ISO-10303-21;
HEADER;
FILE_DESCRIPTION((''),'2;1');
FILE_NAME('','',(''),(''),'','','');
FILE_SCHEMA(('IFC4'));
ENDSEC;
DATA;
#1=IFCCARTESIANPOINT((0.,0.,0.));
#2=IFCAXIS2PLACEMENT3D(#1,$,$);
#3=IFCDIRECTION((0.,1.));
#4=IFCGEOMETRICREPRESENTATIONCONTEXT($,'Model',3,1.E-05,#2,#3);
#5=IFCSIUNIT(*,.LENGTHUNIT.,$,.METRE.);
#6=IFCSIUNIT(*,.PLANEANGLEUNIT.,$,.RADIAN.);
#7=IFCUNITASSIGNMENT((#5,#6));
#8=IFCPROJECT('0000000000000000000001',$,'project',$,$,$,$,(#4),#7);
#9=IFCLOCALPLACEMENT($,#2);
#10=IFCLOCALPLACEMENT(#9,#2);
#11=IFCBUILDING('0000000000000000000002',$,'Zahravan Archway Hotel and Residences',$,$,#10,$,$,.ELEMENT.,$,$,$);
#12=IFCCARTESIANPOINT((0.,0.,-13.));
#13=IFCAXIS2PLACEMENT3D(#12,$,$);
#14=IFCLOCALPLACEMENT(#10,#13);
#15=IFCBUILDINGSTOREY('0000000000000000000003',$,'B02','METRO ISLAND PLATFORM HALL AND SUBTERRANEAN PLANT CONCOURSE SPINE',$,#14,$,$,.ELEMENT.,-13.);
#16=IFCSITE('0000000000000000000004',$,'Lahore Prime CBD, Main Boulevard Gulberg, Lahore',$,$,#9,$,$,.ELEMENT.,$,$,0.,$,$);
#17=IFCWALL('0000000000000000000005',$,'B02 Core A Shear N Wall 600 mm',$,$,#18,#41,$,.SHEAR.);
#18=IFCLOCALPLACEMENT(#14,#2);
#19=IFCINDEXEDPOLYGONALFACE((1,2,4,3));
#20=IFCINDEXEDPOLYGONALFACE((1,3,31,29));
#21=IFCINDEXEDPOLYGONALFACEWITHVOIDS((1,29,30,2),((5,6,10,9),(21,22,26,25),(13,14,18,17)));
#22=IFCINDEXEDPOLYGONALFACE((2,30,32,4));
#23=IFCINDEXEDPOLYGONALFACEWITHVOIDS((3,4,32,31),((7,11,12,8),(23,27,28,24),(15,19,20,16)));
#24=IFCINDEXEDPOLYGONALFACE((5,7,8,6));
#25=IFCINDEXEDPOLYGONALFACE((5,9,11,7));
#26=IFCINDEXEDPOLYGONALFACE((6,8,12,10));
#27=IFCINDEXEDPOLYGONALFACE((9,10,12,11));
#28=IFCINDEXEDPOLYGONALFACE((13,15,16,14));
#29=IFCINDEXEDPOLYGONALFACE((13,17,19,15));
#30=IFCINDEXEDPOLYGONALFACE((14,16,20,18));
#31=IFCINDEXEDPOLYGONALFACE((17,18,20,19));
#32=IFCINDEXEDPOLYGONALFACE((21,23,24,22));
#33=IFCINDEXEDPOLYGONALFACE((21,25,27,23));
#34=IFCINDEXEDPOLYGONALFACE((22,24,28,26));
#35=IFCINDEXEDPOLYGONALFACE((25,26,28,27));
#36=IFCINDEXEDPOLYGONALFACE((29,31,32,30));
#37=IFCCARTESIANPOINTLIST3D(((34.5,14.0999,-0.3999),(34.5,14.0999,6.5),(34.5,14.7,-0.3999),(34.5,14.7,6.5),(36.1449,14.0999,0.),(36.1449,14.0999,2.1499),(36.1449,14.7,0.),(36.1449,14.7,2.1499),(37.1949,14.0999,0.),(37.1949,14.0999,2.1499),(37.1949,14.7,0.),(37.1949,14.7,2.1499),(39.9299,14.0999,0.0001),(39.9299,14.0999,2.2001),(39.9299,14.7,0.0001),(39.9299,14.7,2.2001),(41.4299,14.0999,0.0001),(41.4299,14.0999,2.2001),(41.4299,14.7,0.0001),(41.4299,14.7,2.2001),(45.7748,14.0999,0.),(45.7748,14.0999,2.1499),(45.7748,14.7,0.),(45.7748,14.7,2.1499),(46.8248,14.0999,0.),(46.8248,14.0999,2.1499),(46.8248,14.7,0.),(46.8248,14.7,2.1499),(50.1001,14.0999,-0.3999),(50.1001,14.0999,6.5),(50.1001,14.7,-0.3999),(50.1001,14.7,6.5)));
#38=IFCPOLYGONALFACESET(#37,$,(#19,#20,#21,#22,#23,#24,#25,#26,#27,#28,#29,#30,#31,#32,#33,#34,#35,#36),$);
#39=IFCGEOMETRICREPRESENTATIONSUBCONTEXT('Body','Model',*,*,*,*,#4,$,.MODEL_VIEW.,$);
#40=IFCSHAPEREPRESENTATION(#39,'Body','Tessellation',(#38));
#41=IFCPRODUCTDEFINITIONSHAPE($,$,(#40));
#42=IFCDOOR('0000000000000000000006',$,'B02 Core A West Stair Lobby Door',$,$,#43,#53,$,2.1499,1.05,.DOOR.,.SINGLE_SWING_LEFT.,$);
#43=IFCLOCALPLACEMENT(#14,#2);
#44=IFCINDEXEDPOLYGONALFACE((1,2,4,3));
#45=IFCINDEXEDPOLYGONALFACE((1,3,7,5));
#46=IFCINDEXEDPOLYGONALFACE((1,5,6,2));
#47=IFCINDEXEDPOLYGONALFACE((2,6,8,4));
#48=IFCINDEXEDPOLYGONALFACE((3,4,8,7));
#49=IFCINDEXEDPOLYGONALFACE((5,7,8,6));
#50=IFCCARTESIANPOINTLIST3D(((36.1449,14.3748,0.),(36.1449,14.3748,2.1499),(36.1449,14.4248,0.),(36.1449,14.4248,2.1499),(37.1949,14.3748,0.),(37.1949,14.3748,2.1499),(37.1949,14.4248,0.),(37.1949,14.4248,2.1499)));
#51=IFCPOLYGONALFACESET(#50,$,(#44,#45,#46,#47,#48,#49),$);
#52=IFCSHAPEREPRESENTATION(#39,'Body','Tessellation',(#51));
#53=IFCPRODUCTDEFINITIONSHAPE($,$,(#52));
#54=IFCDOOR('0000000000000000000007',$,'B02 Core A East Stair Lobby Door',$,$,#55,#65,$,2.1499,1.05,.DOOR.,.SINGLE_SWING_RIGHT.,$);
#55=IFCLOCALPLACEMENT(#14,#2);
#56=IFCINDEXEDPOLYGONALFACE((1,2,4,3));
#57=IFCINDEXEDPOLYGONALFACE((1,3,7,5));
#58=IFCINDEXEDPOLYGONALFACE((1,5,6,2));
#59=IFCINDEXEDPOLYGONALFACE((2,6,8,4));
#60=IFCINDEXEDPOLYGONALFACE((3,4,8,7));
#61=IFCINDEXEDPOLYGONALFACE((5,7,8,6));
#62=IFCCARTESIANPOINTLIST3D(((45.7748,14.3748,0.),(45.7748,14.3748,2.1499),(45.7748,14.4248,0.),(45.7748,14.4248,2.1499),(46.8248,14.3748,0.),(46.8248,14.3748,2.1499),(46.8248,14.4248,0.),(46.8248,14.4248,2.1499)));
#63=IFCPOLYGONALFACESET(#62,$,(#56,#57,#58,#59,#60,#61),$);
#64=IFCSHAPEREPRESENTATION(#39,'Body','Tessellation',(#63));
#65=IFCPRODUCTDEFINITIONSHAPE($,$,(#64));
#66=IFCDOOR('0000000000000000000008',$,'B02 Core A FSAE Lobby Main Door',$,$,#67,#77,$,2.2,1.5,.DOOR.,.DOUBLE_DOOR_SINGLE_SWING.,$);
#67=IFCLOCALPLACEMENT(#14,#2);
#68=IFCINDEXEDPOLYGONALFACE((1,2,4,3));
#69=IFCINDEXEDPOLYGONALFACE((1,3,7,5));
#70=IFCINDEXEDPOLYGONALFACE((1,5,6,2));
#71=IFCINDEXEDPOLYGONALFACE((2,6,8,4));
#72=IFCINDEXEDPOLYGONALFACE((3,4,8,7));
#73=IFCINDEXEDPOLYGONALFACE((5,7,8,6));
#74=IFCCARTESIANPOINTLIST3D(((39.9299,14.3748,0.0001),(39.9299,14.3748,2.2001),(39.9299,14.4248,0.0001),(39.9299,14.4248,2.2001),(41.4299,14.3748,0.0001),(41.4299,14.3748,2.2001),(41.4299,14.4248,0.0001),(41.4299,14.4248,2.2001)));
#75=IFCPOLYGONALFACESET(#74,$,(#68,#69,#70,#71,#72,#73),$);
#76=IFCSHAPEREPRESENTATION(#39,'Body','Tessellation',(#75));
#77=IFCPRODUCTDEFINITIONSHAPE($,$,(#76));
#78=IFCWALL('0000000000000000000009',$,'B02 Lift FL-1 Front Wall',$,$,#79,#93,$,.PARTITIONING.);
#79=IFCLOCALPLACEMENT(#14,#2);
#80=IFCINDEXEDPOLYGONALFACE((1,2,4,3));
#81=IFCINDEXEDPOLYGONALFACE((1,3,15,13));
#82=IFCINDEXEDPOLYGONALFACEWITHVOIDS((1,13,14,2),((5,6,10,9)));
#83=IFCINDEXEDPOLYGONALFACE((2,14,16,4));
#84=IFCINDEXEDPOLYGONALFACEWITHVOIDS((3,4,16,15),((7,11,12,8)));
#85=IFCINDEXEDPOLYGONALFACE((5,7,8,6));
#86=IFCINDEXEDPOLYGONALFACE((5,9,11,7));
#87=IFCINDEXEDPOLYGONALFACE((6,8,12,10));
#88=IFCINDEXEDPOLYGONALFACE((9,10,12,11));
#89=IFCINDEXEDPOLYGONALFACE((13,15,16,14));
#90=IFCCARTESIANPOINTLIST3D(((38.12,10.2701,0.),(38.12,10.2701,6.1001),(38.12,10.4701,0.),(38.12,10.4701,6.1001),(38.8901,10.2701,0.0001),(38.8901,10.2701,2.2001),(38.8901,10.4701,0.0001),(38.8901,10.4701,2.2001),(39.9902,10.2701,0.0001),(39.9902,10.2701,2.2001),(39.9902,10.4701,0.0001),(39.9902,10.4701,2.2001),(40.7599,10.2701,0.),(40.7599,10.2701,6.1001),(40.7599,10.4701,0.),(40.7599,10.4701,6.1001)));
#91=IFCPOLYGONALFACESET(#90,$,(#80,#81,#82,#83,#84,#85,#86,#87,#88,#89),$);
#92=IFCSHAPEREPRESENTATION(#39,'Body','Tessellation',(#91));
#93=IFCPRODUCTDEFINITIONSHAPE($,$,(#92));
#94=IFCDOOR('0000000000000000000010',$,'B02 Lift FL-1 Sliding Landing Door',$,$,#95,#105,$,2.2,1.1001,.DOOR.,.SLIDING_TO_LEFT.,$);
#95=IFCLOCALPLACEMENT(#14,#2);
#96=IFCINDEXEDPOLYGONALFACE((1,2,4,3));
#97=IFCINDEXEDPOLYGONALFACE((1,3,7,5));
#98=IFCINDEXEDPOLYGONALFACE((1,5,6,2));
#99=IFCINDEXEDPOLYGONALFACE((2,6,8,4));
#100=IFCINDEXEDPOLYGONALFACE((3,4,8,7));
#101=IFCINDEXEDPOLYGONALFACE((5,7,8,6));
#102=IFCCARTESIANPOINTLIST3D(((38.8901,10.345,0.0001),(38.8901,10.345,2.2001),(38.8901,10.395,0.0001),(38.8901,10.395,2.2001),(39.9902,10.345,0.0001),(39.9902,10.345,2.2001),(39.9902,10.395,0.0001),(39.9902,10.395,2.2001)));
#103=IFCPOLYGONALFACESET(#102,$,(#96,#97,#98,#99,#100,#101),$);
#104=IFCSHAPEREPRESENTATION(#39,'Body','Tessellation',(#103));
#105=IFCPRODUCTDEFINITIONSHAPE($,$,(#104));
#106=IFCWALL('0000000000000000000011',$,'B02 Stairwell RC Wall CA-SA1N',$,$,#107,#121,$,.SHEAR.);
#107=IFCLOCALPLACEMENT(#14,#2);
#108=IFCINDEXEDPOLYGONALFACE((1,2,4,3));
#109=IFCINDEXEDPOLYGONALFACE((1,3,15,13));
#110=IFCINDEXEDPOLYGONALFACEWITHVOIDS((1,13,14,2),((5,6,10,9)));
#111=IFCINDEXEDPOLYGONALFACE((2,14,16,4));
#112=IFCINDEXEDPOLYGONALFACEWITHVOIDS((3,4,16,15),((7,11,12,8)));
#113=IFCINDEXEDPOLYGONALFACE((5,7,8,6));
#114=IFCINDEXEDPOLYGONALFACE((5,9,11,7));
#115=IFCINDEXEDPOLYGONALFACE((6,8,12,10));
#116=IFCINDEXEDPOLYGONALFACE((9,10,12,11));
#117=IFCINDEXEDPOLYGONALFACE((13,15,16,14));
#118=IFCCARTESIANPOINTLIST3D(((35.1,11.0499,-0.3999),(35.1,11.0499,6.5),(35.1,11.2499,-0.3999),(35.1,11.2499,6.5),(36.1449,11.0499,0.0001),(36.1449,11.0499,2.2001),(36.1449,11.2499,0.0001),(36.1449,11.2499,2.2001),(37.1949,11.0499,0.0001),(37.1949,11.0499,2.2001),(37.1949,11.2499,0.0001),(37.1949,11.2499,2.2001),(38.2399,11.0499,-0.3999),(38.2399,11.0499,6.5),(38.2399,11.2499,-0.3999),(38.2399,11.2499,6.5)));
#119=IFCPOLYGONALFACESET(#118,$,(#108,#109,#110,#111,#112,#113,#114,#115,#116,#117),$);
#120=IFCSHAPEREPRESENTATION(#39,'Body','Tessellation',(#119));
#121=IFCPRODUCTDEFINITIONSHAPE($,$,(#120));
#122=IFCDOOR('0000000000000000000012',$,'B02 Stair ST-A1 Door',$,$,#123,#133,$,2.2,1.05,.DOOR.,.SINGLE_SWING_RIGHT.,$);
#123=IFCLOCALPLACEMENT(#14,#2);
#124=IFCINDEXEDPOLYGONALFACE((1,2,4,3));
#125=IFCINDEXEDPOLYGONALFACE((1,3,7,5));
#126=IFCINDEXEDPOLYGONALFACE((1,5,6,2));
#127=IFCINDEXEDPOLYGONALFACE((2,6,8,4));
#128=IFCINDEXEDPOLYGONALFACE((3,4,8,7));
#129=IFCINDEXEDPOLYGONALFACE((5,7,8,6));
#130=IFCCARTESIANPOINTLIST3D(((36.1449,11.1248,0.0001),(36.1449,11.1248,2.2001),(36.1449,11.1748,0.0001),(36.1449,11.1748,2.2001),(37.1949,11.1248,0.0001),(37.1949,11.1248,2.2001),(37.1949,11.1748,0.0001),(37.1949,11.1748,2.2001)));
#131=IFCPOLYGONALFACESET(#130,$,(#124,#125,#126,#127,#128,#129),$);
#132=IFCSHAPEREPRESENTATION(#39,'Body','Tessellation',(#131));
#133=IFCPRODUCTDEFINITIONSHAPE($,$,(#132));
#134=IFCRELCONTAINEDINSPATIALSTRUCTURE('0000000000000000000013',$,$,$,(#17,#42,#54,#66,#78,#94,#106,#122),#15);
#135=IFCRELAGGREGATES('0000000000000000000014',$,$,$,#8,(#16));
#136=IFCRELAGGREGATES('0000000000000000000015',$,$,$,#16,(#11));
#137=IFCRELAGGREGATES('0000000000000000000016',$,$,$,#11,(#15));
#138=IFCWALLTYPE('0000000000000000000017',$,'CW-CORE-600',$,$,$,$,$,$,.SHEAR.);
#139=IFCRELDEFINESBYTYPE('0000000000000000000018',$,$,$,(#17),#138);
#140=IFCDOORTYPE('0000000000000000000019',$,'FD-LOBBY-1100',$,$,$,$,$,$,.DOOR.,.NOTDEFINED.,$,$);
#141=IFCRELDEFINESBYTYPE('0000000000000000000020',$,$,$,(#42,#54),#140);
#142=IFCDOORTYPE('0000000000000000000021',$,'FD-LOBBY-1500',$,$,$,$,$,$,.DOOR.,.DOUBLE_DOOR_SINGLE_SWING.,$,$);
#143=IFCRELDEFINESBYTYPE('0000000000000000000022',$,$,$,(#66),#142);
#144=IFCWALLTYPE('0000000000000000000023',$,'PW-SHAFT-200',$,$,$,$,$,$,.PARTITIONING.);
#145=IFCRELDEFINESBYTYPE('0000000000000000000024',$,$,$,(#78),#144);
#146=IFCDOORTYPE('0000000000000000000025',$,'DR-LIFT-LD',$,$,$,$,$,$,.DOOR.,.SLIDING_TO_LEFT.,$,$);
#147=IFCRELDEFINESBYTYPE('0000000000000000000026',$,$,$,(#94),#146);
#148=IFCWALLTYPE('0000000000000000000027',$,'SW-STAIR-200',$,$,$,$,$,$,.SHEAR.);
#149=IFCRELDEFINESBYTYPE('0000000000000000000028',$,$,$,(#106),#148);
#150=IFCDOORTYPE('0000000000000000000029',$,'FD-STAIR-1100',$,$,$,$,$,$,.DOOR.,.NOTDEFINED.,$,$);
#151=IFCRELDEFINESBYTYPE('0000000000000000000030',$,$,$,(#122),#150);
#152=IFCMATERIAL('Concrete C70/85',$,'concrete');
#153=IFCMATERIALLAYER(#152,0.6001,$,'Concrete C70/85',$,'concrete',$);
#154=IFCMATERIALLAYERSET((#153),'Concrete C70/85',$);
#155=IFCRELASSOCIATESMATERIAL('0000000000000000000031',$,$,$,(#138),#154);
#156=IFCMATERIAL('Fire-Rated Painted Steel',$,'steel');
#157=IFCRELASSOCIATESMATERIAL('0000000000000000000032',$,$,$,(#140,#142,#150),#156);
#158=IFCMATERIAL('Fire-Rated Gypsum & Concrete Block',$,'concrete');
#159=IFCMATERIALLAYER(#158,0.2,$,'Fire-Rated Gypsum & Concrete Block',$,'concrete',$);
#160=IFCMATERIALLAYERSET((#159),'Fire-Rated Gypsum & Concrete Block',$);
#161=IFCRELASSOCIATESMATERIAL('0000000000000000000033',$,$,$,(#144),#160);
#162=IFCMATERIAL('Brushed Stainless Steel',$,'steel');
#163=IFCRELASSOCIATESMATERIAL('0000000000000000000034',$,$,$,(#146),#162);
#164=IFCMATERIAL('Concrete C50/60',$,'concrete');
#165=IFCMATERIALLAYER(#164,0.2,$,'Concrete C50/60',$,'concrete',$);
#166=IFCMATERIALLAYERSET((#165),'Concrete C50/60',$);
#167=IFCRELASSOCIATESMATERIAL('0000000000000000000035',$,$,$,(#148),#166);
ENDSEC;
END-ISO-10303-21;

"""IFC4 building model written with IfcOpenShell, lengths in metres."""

from ifc_helpers import new_model, si_unit, direction, frame, frame_2d, origin, place, context, subcontext, project, spatial, rectangle, extrude, source, transform, mapped, material, layer, layer_set, type_object, type_shapes, element, fill, save


model = new_model("IFC4")

# Units and contexts
model_context = context("Model", 3, precision=1e-05, world=origin(), true_north=direction((0.0, 1.0)))
body_context = subcontext(model_context, "Body", "Model", "MODEL_VIEW")
ifc_project = project(units=[si_unit("LENGTHUNIT", "METRE"), si_unit("PLANEANGLEUNIT", "RADIAN")], contexts=[model_context])

# Site, building, storey
site_placement = place(None, origin())
site = spatial("IfcSite", under=ifc_project, at=site_placement, Name="Lahore Prime CBD, Main Boulevard Gulberg, Lahore", CompositionType="ELEMENT", RefElevation=0.0)
building_placement = place(site_placement, origin())
building = spatial("IfcBuilding", under=site, at=building_placement, Name="Zahravan Archway Hotel and Residences", CompositionType="ELEMENT")
storey_placement = place(building_placement, frame((0.0, 0.0, -13.0)))
storey = spatial("IfcBuildingStorey", under=building, at=storey_placement, Name="B02", Description="METRO ISLAND PLATFORM HALL AND SUBTERRANEAN PLANT CONCOURSE SPINE", CompositionType="ELEMENT", Elevation=-13.0)

# Shared definitions
ifc_material_1 = material(Name="Concrete C50/60", Category="concrete")

# Wall, openings, doors
ifc_material_2 = material(Name="Concrete C70/85", Category="concrete")
ifc_layer_1 = layer(ifc_material_2, 0.6001, Name="Concrete C70/85", Category="concrete")
ifc_layer_set_1 = layer_set([ifc_layer_1], Name="Concrete C70/85")
wall_type_1 = type_object("IfcWallType", Name="CW-CORE-600", PredefinedType="SHEAR", material=ifc_layer_set_1)
wall_1_placement = place(storey_placement, frame((34.5, 14.3999, -0.3999), z_axis=(0.0, 0.0, 1.0), x_axis=(1.0, 0.0, 0.0)))
wall_1 = element("IfcWall", 1, at=wall_1_placement, inside=storey, type_object=wall_type_1, Name="B02 Core A Shear N Wall 600 mm", PredefinedType="SHEAR", context=body_context, shape_type="SweptSolid", body=[
    extrude(rectangle(XDim=15.6001, YDim=0.6001, at=frame_2d((7.8, 0.0))), origin(), (0.0, 0.0, 1.0), 6.8999),
])
opening_1_placement = place(wall_1_placement, frame((5.4299, 0.0, 0.3999)))
opening_1 = element("IfcOpeningElement", 2, at=opening_1_placement, cuts=wall_1, PredefinedType="OPENING", context=body_context, shape_type="SweptSolid", body=[
    extrude(rectangle(XDim=1.5, YDim=2.2, at=frame_2d((0.75, 1.1001))), frame((0.0, 0.3101, 0.0), z_axis=(0.0, -1.0, 0.0), x_axis=(1.0, 0.0, 0.0)), (0.0, 0.0, 1.0), 0.6201),
])
opening_2_placement = place(wall_1_placement, frame((1.645, 0.0, 0.3999)))
opening_2 = element("IfcOpeningElement", 3, at=opening_2_placement, cuts=wall_1, PredefinedType="OPENING", context=body_context, shape_type="SweptSolid", body=[
    extrude(rectangle(XDim=1.05, YDim=2.1499, at=frame_2d((0.5249, 1.075))), frame((0.0, 0.3101, 0.0), z_axis=(0.0, -1.0, 0.0), x_axis=(1.0, 0.0, 0.0)), (0.0, 0.0, 1.0), 0.6201),
])
opening_3_placement = place(wall_1_placement, frame((11.2749, 0.0, 0.3999)))
opening_3 = element("IfcOpeningElement", 4, at=opening_3_placement, cuts=wall_1, PredefinedType="OPENING", context=body_context, shape_type="SweptSolid", body=[
    extrude(rectangle(XDim=1.05, YDim=2.1499, at=frame_2d((0.5249, 1.075))), frame((0.0, 0.3101, 0.0), z_axis=(0.0, -1.0, 0.0), x_axis=(1.0, 0.0, 0.0)), (0.0, 0.0, 1.0), 0.6201),
])
ifc_material_3 = material(Name="Fire-Rated Painted Steel", Category="steel")
door_type_1 = type_object("IfcDoorType", Name="FD-LOBBY-1100", OperationType="NOTDEFINED", PredefinedType="DOOR", material=ifc_material_3)
shared_shape_1 = source(origin(), body_context, "Body", "SweptSolid", [
    extrude(rectangle(XDim=1.05, YDim=2.1499, at=frame_2d((0.5249, 1.075))), frame((0.0, 0.0249, 0.0), z_axis=(0.0, -1.0, 0.0), x_axis=(1.0, 0.0, 0.0)), (0.0, 0.0, 1.0), 0.05),
])
type_shapes(door_type_1, [shared_shape_1])
door_1_placement = place(opening_2_placement, origin())
door_1 = element("IfcDoor", 5, at=door_1_placement, inside=storey, type_object=door_type_1, Name="B02 Core A West Stair Lobby Door", OperationType="SINGLE_SWING_LEFT", OverallHeight=2.1499, OverallWidth=1.05, PredefinedType="DOOR", context=body_context, shape_type="MappedRepresentation", body=[
    mapped(shared_shape_1, transform((0.0, 0.0, 0.0), scale=1.0)),
])
fill(opening_2, door_1)
door_2_placement = place(opening_3_placement, origin())
door_2 = element("IfcDoor", 6, at=door_2_placement, inside=storey, type_object=door_type_1, Name="B02 Core A East Stair Lobby Door", OperationType="SINGLE_SWING_RIGHT", OverallHeight=2.1499, OverallWidth=1.05, PredefinedType="DOOR", context=body_context, shape_type="MappedRepresentation", body=[
    mapped(shared_shape_1, transform((0.0, 0.0, 0.0), scale=1.0)),
])
fill(opening_3, door_2)
door_type_2 = type_object("IfcDoorType", Name="FD-LOBBY-1500", OperationType="DOUBLE_DOOR_SINGLE_SWING", PredefinedType="DOOR", material=ifc_material_3)
shared_shape_2 = source(origin(), body_context, "Body", "SweptSolid", [
    extrude(rectangle(XDim=1.5, YDim=2.2, at=frame_2d((0.75, 1.1001))), frame((0.0, 0.0249, 0.0), z_axis=(0.0, -1.0, 0.0), x_axis=(1.0, 0.0, 0.0)), (0.0, 0.0, 1.0), 0.05),
])
type_shapes(door_type_2, [shared_shape_2])
door_3_placement = place(opening_1_placement, origin())
door_3 = element("IfcDoor", 7, at=door_3_placement, inside=storey, type_object=door_type_2, Name="B02 Core A FSAE Lobby Main Door", OperationType="DOUBLE_DOOR_SINGLE_SWING", OverallHeight=2.2, OverallWidth=1.5, PredefinedType="DOOR", context=body_context, shape_type="MappedRepresentation", body=[
    mapped(shared_shape_2, transform((0.0, 0.0, 0.0), scale=1.0)),
])
fill(opening_1, door_3)

# Walls, openings, doors
ifc_material_4 = material(Name="Fire-Rated Gypsum & Concrete Block", Category="concrete")
ifc_layer_2 = layer(ifc_material_4, 0.2, Name="Fire-Rated Gypsum & Concrete Block", Category="concrete")
ifc_layer_set_2 = layer_set([ifc_layer_2], Name="Fire-Rated Gypsum & Concrete Block")
wall_type_2 = type_object("IfcWallType", Name="PW-SHAFT-200", PredefinedType="PARTITIONING", material=ifc_layer_set_2)
wall_2_placement = place(storey_placement, frame((38.1201, 10.3701, 0.0), z_axis=(0.0, 0.0, 1.0), x_axis=(1.0, 0.0, 0.0)))
wall_2 = element("IfcWall", 8, at=wall_2_placement, inside=storey, type_object=wall_type_2, Name="B02 Lift FL-1 Front Wall", PredefinedType="PARTITIONING", context=body_context, shape_type="SweptSolid", body=[
    extrude(rectangle(XDim=2.6399, YDim=0.2, at=frame_2d((1.3198, 0.0))), origin(), (0.0, 0.0, 1.0), 6.1001),
])
opening_4_placement = place(wall_2_placement, frame((0.77, 0.0, 0.0)))
opening_4 = element("IfcOpeningElement", 9, at=opening_4_placement, cuts=wall_2, PredefinedType="OPENING", context=body_context, shape_type="SweptSolid", body=[
    extrude(rectangle(XDim=1.1001, YDim=2.2, at=frame_2d((0.55, 1.1001))), frame((0.0, 0.1099, 0.0), z_axis=(0.0, -1.0, 0.0), x_axis=(1.0, 0.0, 0.0)), (0.0, 0.0, 1.0), 0.22),
])
ifc_material_5 = material(Name="Brushed Stainless Steel", Category="steel")
door_type_3 = type_object("IfcDoorType", Name="DR-LIFT-LD", OperationType="SLIDING_TO_LEFT", PredefinedType="DOOR", material=ifc_material_5)
shared_shape_3 = source(origin(), body_context, "Body", "SweptSolid", [
    extrude(rectangle(XDim=1.1001, YDim=2.2, at=frame_2d((0.55, 1.1001))), frame((0.0, 0.0249, 0.0), z_axis=(0.0, -1.0, 0.0), x_axis=(1.0, 0.0, 0.0)), (0.0, 0.0, 1.0), 0.05),
])
type_shapes(door_type_3, [shared_shape_3])
door_4_placement = place(opening_4_placement, origin())
door_4 = element("IfcDoor", 10, at=door_4_placement, inside=storey, type_object=door_type_3, Name="B02 Lift FL-1 Sliding Landing Door", OperationType="SLIDING_TO_LEFT", OverallHeight=2.2, OverallWidth=1.1001, PredefinedType="DOOR", context=body_context, shape_type="MappedRepresentation", body=[
    mapped(shared_shape_3, transform((0.0, 0.0, 0.0), scale=1.0)),
])
fill(opening_4, door_4)
ifc_layer_3 = layer(ifc_material_1, 0.2, Name="Concrete C50/60", Category="concrete")
ifc_layer_set_3 = layer_set([ifc_layer_3], Name="Concrete C50/60")
wall_type_3 = type_object("IfcWallType", Name="SW-STAIR-200", PredefinedType="SHEAR", material=ifc_layer_set_3)
wall_3_placement = place(storey_placement, frame((35.1001, 11.1499, -0.3999), z_axis=(0.0, 0.0, 1.0), x_axis=(1.0, 0.0, 0.0)))
wall_3 = element("IfcWall", 11, at=wall_3_placement, inside=storey, type_object=wall_type_3, Name="B02 Stairwell RC Wall CA-SA1N", PredefinedType="SHEAR", context=body_context, shape_type="SweptSolid", body=[
    extrude(rectangle(XDim=3.1399, YDim=0.2, at=frame_2d((1.5698, 0.0))), origin(), (0.0, 0.0, 1.0), 6.8999),
])
opening_5_placement = place(wall_3_placement, frame((1.0449, 0.0, 0.3999)))
opening_5 = element("IfcOpeningElement", 12, at=opening_5_placement, cuts=wall_3, PredefinedType="OPENING", context=body_context, shape_type="SweptSolid", body=[
    extrude(rectangle(XDim=1.05, YDim=2.2, at=frame_2d((0.5249, 1.1001))), frame((0.0, 0.1099, 0.0), z_axis=(0.0, -1.0, 0.0), x_axis=(1.0, 0.0, 0.0)), (0.0, 0.0, 1.0), 0.22),
])
door_type_4 = type_object("IfcDoorType", Name="FD-STAIR-1100", OperationType="NOTDEFINED", PredefinedType="DOOR", material=ifc_material_3)
shared_shape_4 = source(origin(), body_context, "Body", "SweptSolid", [
    extrude(rectangle(XDim=1.05, YDim=2.2, at=frame_2d((0.5249, 1.1001))), frame((0.0, 0.0249, 0.0), z_axis=(0.0, -1.0, 0.0), x_axis=(1.0, 0.0, 0.0)), (0.0, 0.0, 1.0), 0.05),
])
type_shapes(door_type_4, [shared_shape_4])
door_5_placement = place(opening_5_placement, origin())
door_5 = element("IfcDoor", 13, at=door_5_placement, inside=storey, type_object=door_type_4, Name="B02 Stair ST-A1 Door", OperationType="SINGLE_SWING_RIGHT", OverallHeight=2.2, OverallWidth=1.05, PredefinedType="DOOR", context=body_context, shape_type="MappedRepresentation", body=[
    mapped(shared_shape_4, transform((0.0, 0.0, 0.0), scale=1.0)),
])
fill(opening_5, door_5)

save(model, "model.ifc")
